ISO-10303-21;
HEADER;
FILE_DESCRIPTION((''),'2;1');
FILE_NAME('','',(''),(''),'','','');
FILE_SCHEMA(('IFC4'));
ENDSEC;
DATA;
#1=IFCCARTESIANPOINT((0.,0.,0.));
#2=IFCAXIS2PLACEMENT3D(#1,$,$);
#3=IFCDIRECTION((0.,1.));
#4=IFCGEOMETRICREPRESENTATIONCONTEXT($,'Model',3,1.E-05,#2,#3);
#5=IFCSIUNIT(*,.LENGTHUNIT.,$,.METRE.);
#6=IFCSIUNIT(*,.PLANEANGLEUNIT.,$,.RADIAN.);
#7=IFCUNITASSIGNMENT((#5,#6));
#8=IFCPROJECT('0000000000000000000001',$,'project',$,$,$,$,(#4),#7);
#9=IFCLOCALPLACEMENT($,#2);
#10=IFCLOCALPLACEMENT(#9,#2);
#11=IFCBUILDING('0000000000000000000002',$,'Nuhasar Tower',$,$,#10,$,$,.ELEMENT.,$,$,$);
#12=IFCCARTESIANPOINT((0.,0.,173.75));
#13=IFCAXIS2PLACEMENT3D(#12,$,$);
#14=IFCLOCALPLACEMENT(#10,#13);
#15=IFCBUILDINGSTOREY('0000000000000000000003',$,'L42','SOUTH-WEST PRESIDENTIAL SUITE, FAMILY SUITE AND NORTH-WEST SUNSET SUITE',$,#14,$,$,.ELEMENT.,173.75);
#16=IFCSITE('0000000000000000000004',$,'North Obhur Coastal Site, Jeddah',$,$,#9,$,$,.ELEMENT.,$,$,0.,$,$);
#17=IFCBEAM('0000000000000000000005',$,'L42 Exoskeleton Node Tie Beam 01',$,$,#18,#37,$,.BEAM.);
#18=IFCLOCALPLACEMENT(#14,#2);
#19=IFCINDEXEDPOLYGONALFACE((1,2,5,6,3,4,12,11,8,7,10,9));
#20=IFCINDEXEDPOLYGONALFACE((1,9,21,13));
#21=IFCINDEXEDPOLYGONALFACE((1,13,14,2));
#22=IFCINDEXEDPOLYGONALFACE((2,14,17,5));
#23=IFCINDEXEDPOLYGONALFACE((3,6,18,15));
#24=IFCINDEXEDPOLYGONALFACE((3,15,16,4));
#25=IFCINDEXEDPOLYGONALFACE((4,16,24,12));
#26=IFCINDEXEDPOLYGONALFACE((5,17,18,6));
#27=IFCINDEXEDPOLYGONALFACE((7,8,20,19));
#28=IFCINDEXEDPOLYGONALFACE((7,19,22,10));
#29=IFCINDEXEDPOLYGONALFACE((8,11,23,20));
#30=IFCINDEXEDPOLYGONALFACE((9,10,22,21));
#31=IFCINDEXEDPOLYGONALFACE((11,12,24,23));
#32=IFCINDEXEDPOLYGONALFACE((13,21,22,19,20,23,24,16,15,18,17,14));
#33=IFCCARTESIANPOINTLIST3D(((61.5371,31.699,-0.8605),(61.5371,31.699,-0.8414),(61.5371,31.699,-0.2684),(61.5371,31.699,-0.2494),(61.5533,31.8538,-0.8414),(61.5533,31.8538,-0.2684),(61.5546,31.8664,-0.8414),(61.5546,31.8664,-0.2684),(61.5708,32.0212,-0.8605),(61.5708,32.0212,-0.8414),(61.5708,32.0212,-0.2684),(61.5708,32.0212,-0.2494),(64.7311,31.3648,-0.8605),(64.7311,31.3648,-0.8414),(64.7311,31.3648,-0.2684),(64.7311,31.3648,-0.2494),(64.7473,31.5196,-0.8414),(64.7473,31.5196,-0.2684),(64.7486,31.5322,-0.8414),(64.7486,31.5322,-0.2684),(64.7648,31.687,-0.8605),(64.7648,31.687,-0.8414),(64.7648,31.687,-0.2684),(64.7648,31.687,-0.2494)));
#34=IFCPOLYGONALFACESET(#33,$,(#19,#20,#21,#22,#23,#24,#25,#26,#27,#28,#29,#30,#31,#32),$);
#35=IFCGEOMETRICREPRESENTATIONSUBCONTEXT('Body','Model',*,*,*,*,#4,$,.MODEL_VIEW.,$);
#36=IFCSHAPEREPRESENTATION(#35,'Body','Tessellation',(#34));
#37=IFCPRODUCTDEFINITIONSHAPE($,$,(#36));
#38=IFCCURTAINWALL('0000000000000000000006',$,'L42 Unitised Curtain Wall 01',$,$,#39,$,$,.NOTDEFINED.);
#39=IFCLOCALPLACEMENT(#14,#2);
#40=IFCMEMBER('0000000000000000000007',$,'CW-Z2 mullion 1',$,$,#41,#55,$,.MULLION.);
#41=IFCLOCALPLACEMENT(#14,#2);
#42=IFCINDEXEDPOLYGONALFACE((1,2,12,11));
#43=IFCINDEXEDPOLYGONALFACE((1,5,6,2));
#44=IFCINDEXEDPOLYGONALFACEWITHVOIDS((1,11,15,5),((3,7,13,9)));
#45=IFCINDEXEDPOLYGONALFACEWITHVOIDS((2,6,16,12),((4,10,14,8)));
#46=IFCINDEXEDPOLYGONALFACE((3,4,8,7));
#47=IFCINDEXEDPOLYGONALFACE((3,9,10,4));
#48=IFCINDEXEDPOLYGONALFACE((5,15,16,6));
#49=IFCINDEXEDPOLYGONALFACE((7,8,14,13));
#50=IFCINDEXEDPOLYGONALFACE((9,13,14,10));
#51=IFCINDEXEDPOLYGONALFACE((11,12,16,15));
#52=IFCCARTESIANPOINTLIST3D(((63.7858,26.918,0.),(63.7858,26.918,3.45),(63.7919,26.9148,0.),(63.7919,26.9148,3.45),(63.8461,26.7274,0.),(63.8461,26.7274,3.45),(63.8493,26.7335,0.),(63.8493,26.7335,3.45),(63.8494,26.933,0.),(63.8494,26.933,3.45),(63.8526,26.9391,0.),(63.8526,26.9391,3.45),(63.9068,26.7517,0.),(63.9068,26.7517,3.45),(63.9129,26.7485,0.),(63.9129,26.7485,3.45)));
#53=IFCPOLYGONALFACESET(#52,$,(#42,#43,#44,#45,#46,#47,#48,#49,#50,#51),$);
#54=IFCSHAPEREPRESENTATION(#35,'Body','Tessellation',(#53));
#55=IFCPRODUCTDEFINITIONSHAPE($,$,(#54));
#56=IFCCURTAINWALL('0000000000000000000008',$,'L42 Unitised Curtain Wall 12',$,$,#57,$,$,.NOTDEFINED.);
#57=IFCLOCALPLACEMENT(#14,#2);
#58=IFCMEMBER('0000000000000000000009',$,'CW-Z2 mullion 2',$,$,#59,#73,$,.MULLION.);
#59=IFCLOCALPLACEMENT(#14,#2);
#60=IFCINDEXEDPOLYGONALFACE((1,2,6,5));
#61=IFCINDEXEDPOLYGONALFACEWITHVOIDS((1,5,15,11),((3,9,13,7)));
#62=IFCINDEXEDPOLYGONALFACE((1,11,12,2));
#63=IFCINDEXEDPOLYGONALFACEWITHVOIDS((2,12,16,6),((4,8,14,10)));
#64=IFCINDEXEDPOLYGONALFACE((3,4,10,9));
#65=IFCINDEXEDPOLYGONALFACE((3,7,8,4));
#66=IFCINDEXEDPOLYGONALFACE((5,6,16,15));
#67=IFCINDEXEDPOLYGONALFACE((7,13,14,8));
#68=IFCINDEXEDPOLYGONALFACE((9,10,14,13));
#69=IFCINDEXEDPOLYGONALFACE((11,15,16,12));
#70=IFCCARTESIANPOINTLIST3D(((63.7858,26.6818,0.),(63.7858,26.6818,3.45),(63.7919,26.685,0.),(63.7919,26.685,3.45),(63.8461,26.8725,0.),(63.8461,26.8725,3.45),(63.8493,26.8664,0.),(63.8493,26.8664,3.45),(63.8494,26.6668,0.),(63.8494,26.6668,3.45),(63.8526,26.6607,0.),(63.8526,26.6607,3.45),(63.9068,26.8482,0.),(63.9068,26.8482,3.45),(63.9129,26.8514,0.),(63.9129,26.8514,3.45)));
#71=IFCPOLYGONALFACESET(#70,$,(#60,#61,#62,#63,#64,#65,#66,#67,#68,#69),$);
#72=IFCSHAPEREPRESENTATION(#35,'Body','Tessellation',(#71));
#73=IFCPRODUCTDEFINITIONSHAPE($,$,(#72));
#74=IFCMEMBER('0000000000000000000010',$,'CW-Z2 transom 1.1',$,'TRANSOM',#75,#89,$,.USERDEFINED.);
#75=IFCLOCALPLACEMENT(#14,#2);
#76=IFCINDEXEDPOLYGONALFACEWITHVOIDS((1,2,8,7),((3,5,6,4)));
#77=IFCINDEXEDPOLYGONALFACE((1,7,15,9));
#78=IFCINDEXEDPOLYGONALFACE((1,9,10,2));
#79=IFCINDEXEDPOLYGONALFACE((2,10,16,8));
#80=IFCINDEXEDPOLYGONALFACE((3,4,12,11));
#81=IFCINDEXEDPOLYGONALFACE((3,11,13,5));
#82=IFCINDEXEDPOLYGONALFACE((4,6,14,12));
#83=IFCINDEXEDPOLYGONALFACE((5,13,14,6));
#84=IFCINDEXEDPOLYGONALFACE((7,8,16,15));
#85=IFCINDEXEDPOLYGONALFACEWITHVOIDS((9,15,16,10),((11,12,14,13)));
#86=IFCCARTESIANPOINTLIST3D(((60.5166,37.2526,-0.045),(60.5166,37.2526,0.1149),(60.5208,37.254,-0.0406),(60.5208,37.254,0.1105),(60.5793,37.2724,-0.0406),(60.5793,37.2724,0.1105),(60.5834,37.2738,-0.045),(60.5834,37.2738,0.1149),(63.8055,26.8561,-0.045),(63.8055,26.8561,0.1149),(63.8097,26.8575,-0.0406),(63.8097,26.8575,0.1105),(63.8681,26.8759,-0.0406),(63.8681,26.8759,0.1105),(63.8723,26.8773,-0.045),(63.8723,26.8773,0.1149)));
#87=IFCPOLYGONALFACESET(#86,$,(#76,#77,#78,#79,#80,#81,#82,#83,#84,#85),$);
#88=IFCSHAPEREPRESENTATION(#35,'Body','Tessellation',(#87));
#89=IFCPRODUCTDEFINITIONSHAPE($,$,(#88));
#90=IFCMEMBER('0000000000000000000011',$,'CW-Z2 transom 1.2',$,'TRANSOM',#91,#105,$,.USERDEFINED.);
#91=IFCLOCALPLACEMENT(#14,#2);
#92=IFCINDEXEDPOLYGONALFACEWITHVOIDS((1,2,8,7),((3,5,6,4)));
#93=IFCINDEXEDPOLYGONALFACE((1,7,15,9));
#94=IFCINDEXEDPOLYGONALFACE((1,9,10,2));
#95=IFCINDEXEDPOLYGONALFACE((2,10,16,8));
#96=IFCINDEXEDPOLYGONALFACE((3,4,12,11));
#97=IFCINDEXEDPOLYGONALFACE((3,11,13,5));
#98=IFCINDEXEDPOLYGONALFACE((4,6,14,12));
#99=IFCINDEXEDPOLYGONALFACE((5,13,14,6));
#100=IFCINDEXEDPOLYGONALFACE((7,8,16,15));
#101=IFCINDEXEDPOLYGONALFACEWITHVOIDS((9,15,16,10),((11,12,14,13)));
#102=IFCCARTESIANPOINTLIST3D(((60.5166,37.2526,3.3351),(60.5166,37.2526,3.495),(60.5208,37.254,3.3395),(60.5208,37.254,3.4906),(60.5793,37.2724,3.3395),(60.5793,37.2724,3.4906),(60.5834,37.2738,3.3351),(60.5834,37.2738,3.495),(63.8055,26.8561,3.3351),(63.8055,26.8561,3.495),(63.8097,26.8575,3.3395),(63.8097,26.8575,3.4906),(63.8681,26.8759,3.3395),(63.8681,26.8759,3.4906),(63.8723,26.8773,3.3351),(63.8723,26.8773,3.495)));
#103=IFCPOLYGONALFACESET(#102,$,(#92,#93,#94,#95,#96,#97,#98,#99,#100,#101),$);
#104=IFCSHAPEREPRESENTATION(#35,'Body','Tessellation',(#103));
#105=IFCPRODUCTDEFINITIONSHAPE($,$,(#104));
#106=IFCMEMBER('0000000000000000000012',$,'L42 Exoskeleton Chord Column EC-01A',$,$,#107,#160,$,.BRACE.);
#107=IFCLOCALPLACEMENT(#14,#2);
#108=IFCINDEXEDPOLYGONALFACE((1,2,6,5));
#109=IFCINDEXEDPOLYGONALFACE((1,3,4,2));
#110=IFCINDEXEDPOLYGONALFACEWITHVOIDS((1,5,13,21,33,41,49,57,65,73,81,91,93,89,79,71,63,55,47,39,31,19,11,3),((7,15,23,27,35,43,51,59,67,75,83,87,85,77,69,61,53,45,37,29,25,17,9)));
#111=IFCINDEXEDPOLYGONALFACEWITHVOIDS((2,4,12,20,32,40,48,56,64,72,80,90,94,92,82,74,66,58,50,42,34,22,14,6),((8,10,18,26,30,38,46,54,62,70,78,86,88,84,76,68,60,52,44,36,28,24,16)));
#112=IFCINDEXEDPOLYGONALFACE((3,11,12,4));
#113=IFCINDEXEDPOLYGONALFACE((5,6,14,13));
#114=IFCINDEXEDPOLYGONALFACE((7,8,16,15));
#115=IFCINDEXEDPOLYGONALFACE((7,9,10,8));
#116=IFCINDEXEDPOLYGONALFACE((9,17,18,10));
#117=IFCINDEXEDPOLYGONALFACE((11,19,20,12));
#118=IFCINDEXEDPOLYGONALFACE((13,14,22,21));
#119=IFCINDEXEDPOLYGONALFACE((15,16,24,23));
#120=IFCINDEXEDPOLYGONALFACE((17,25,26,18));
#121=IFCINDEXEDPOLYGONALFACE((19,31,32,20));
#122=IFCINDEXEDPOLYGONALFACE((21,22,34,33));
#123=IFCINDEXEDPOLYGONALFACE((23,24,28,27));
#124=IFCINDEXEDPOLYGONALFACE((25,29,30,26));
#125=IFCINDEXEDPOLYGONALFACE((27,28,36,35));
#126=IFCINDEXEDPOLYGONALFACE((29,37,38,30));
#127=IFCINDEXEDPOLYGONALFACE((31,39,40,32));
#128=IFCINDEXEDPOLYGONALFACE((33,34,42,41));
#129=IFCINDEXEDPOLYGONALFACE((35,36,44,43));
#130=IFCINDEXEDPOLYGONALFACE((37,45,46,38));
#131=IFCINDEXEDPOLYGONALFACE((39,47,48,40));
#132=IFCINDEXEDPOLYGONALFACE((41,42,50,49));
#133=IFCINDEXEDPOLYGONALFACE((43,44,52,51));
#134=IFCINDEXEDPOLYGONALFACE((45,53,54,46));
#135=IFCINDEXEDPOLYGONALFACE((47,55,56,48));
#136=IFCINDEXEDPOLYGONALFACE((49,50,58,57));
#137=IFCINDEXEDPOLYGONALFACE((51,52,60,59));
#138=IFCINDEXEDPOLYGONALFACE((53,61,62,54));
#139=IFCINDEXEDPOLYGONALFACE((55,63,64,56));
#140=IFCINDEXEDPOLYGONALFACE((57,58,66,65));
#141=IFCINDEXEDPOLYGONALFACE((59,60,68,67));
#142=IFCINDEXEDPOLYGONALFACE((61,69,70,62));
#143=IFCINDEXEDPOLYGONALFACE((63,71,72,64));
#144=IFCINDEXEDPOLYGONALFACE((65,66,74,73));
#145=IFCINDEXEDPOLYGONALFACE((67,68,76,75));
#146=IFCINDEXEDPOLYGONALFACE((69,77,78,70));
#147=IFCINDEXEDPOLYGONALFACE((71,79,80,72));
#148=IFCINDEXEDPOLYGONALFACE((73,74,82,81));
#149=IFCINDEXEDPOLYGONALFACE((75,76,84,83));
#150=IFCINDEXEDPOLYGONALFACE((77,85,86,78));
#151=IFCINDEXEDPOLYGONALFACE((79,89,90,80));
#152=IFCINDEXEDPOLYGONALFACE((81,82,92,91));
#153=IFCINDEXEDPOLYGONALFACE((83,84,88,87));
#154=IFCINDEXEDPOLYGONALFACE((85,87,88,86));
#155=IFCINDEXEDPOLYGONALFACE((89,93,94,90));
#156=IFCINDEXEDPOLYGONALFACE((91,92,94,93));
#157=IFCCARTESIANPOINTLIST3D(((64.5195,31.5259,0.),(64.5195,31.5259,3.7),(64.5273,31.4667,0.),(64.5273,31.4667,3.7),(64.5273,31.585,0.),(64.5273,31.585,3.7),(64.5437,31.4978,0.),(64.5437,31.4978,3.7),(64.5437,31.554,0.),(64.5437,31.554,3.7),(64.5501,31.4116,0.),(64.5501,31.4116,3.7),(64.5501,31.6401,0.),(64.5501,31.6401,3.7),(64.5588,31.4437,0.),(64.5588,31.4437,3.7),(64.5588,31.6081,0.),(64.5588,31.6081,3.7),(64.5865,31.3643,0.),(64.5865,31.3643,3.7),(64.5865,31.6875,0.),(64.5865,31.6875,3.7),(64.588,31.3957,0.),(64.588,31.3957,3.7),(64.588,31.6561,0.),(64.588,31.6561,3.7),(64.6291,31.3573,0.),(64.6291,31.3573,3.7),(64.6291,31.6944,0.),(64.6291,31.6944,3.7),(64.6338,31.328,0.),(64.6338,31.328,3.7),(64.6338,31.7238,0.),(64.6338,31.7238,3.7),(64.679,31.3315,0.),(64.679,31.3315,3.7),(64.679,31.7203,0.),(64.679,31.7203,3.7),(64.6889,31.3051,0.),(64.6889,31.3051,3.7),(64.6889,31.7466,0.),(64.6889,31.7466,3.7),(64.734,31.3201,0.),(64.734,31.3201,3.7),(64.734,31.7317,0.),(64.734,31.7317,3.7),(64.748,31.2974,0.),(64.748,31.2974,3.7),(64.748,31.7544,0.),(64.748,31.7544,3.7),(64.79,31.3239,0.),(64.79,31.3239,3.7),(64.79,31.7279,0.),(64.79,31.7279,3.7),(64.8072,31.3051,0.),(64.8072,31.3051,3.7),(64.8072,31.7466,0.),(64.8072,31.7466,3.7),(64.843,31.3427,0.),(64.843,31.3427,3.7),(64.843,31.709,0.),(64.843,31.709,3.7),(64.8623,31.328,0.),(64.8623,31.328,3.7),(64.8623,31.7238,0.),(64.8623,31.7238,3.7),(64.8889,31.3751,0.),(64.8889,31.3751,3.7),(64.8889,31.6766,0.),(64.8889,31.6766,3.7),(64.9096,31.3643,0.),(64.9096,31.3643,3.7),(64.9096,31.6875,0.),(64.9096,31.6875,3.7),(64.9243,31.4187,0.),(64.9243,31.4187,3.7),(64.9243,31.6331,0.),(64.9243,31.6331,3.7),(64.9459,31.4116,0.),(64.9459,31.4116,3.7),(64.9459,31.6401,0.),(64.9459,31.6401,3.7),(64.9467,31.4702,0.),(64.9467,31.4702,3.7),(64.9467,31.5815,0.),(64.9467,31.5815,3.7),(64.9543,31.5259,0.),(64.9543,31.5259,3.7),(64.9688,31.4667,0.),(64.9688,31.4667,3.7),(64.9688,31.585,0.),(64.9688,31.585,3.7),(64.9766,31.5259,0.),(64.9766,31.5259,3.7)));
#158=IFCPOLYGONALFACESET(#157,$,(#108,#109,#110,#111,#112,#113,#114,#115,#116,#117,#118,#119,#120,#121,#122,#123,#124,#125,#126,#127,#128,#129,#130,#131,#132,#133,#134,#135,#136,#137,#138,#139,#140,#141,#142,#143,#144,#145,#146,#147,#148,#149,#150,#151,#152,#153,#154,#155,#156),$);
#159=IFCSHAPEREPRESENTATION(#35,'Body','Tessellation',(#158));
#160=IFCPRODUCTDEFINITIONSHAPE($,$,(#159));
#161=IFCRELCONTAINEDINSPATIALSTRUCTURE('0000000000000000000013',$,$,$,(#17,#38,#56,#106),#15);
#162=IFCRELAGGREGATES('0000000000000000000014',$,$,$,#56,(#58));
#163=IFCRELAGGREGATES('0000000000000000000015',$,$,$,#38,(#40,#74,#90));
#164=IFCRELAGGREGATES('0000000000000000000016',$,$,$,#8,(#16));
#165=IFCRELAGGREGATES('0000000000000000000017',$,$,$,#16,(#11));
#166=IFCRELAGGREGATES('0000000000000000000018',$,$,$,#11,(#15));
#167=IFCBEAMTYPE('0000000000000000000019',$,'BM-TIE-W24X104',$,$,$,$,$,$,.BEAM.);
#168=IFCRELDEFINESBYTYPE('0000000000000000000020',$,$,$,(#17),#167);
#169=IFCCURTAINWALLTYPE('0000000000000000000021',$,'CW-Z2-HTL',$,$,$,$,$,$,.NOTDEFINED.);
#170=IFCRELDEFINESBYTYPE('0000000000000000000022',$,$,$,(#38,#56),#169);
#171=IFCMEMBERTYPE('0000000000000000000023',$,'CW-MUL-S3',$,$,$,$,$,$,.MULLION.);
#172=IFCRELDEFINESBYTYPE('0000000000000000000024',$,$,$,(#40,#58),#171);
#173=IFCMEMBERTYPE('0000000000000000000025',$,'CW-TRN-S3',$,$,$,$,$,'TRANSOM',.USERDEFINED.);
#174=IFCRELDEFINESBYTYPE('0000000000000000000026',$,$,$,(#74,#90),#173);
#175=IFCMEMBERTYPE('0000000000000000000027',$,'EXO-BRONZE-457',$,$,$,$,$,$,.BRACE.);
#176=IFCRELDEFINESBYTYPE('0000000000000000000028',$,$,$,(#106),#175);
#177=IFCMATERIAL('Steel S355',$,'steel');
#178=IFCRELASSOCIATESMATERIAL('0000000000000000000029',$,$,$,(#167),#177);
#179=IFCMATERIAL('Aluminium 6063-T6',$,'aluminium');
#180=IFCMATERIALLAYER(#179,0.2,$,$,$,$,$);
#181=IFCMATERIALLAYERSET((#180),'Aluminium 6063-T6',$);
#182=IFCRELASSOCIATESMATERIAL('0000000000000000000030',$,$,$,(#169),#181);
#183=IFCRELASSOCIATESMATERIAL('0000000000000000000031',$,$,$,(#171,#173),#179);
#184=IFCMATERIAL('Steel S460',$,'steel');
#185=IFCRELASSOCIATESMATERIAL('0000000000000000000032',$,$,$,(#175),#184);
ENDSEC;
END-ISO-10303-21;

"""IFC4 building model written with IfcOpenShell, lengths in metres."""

from ifc_helpers import new_model, si_unit, direction, frame, origin, origin_2d, place, context, subcontext, project, spatial, hollow_rectangle, hollow_circle, i_section, extrude, material, layer, layer_set, material_profile, profile_set, type_object, element, aggregate, save


model = new_model("IFC4")

# Units and contexts
model_context = context("Model", 3, precision=1e-05, world=origin(), true_north=direction((0.0, 1.0)))
body_context = subcontext(model_context, "Body", "Model", "MODEL_VIEW")
ifc_project = project(units=[si_unit("LENGTHUNIT", "METRE"), si_unit("PLANEANGLEUNIT", "RADIAN")], contexts=[model_context])

# Site, building, storey
site_placement = place(None, origin())
site = spatial("IfcSite", under=ifc_project, at=site_placement, Name="North Obhur Coastal Site, Jeddah", CompositionType="ELEMENT", RefElevation=0.0)
building_placement = place(site_placement, origin())
building = spatial("IfcBuilding", under=site, at=building_placement, Name="Nuhasar Tower", CompositionType="ELEMENT")
storey_placement = place(building_placement, frame((0.0, 0.0, 173.75)))
storey = spatial("IfcBuildingStorey", under=building, at=storey_placement, Name="L42", Description="SOUTH-WEST PRESIDENTIAL SUITE, FAMILY SUITE AND NORTH-WEST SUNSET SUITE", CompositionType="ELEMENT", Elevation=173.75)

# Beam
ifc_material_1 = material(Name="Steel S355", Category="steel")
ifc_material_profile_1 = material_profile(ifc_material_1, i_section(OverallWidth=0.324, OverallDepth=0.6111, WebThickness=0.0127, FlangeThickness=0.019, at=origin_2d()), Name="W24X104")
ifc_profile_set_1 = profile_set([ifc_material_profile_1], Name="Steel S355")
beam_type_1 = type_object("IfcBeamType", Name="BM-TIE-W24X104", PredefinedType="BEAM", material=ifc_profile_set_1)
beam_1_placement = place(storey_placement, frame((61.554, 31.8601, -0.5549), z_axis=(0.99457, -0.104071, 0.0), x_axis=(0.104071, 0.99457, 0.0)))
element("IfcBeam", 1, at=beam_1_placement, inside=storey, type_object=beam_type_1, Name="L42 Exoskeleton Node Tie Beam 01", PredefinedType="BEAM", context=body_context, shape_type="SweptSolid", body=[
    extrude(i_section(OverallWidth=0.324, OverallDepth=0.6111, WebThickness=0.0127, FlangeThickness=0.019, at=origin_2d()), origin(), (0.0, 0.0, 1.0), 3.2114),
])

# Curtain walls, members
ifc_material_2 = material(Name="Aluminium 6063-T6", Category="aluminium")
ifc_layer_1 = layer(ifc_material_2, 0.2)
ifc_layer_set_1 = layer_set([ifc_layer_1], Name="Aluminium 6063-T6")
curtain_wall_type = type_object("IfcCurtainWallType", Name="CW-Z2-HTL", PredefinedType="NOTDEFINED", material=ifc_layer_set_1)
curtain_wall_1_placement = place(storey_placement, origin())
curtain_wall_1 = element("IfcCurtainWall", 2, at=curtain_wall_1_placement, inside=storey, type_object=curtain_wall_type, Name="L42 Unitised Curtain Wall 01", PredefinedType="NOTDEFINED")
ifc_material_profile_2 = material_profile(ifc_material_2, hollow_rectangle(XDim=0.0701, YDim=0.2, WallThickness=0.0049, at=origin_2d()), Name="CWM-3")
ifc_profile_set_2 = profile_set([ifc_material_profile_2], Name="Aluminium 6063-T6")
member_type_1 = type_object("IfcMemberType", Name="CW-MUL-S3", PredefinedType="MULLION", material=ifc_profile_set_2)
member_1_placement = place(storey_placement, frame((63.8494, 26.8333, 0.0), z_axis=(0.0, 0.0, 1.0), x_axis=(-0.953433, -0.301604, 0.0)))
member_1 = element("IfcMember", 3, at=member_1_placement, type_object=member_type_1, Name="CW-Z2 mullion 1", PredefinedType="MULLION", context=body_context, shape_type="SweptSolid", body=[
    extrude(hollow_rectangle(XDim=0.0701, YDim=0.2, WallThickness=0.0049, at=origin_2d()), origin(), (0.0, 0.0, 1.0), 3.45),
])
curtain_wall_2_placement = place(storey_placement, origin())
curtain_wall_2 = element("IfcCurtainWall", 4, at=curtain_wall_2_placement, inside=storey, type_object=curtain_wall_type, Name="L42 Unitised Curtain Wall 12", PredefinedType="NOTDEFINED")
member_2_placement = place(storey_placement, frame((63.8494, 26.7666, 0.0), z_axis=(0.0, 0.0, 1.0), x_axis=(-0.953433, 0.301604, 0.0)))
member_2 = element("IfcMember", 5, at=member_2_placement, type_object=member_type_1, Name="CW-Z2 mullion 2", PredefinedType="MULLION", context=body_context, shape_type="SweptSolid", body=[
    extrude(hollow_rectangle(XDim=0.0701, YDim=0.2, WallThickness=0.0049, at=origin_2d()), origin(), (0.0, 0.0, 1.0), 3.45),
])
aggregate(curtain_wall_2, [member_2])

# Members
ifc_material_profile_3 = material_profile(ifc_material_2, hollow_rectangle(XDim=0.0701, YDim=0.1599, WallThickness=0.0044, at=origin_2d()), Name="CWT-3")
ifc_profile_set_3 = profile_set([ifc_material_profile_3], Name="Aluminium 6063-T6")
member_type_2 = type_object("IfcMemberType", Name="CW-TRN-S3", ElementType="TRANSOM", PredefinedType="USERDEFINED", material=ifc_profile_set_3)
member_3_placement = place(storey_placement, frame((63.8389, 26.8667, 0.0349), z_axis=(-0.301608, 0.953432, 0.0), x_axis=(-0.953432, -0.301608, 0.0)))
member_3 = element("IfcMember", 6, at=member_3_placement, type_object=member_type_2, Name="CW-Z2 transom 1.1", ObjectType="TRANSOM", PredefinedType="USERDEFINED", context=body_context, shape_type="SweptSolid", body=[
    extrude(hollow_rectangle(XDim=0.0701, YDim=0.1599, WallThickness=0.0044, at=origin_2d()), origin(), (0.0, 0.0, 1.0), 10.9043),
])
member_4_placement = place(storey_placement, frame((63.8389, 26.8667, 3.415), z_axis=(-0.301608, 0.953432, 0.0), x_axis=(-0.953432, -0.301608, 0.0)))
member_4 = element("IfcMember", 7, at=member_4_placement, type_object=member_type_2, Name="CW-Z2 transom 1.2", ObjectType="TRANSOM", PredefinedType="USERDEFINED", context=body_context, shape_type="SweptSolid", body=[
    extrude(hollow_rectangle(XDim=0.0701, YDim=0.1599, WallThickness=0.0044, at=origin_2d()), origin(), (0.0, 0.0, 1.0), 10.9043),
])

# Member
ifc_material_3 = material(Name="Steel S460", Category="steel")
ifc_material_profile_4 = material_profile(ifc_material_3, hollow_circle(Radius=0.2285, WallThickness=0.0222, at=origin_2d()), Name="HSS457X22.2")
ifc_profile_set_4 = profile_set([ifc_material_profile_4], Name="Steel S460")
member_type_3 = type_object("IfcMemberType", Name="EXO-BRONZE-457", PredefinedType="BRACE", material=ifc_profile_set_4)
for number, where, z_axis, x_axis, name in (
    (8, (64.748, 31.5259, 0.0), (0.0, 0.0, 1.0), (1.0, 0.0, 0.0), "L42 Exoskeleton Chord Column EC-01A"),
):
    element("IfcMember", number, at=place(storey_placement, frame(where, z_axis=z_axis, x_axis=x_axis)), inside=storey, type_object=member_type_3, Name=name, PredefinedType="BRACE", context=body_context, shape_type="SweptSolid", body=[
        extrude(hollow_circle(Radius=0.2285, WallThickness=0.0222, at=origin_2d()), origin(), (0.0, 0.0, 1.0), 3.7),
    ])

aggregate(curtain_wall_1, [member_1, member_3, member_4])

save(model, "model.ifc")
